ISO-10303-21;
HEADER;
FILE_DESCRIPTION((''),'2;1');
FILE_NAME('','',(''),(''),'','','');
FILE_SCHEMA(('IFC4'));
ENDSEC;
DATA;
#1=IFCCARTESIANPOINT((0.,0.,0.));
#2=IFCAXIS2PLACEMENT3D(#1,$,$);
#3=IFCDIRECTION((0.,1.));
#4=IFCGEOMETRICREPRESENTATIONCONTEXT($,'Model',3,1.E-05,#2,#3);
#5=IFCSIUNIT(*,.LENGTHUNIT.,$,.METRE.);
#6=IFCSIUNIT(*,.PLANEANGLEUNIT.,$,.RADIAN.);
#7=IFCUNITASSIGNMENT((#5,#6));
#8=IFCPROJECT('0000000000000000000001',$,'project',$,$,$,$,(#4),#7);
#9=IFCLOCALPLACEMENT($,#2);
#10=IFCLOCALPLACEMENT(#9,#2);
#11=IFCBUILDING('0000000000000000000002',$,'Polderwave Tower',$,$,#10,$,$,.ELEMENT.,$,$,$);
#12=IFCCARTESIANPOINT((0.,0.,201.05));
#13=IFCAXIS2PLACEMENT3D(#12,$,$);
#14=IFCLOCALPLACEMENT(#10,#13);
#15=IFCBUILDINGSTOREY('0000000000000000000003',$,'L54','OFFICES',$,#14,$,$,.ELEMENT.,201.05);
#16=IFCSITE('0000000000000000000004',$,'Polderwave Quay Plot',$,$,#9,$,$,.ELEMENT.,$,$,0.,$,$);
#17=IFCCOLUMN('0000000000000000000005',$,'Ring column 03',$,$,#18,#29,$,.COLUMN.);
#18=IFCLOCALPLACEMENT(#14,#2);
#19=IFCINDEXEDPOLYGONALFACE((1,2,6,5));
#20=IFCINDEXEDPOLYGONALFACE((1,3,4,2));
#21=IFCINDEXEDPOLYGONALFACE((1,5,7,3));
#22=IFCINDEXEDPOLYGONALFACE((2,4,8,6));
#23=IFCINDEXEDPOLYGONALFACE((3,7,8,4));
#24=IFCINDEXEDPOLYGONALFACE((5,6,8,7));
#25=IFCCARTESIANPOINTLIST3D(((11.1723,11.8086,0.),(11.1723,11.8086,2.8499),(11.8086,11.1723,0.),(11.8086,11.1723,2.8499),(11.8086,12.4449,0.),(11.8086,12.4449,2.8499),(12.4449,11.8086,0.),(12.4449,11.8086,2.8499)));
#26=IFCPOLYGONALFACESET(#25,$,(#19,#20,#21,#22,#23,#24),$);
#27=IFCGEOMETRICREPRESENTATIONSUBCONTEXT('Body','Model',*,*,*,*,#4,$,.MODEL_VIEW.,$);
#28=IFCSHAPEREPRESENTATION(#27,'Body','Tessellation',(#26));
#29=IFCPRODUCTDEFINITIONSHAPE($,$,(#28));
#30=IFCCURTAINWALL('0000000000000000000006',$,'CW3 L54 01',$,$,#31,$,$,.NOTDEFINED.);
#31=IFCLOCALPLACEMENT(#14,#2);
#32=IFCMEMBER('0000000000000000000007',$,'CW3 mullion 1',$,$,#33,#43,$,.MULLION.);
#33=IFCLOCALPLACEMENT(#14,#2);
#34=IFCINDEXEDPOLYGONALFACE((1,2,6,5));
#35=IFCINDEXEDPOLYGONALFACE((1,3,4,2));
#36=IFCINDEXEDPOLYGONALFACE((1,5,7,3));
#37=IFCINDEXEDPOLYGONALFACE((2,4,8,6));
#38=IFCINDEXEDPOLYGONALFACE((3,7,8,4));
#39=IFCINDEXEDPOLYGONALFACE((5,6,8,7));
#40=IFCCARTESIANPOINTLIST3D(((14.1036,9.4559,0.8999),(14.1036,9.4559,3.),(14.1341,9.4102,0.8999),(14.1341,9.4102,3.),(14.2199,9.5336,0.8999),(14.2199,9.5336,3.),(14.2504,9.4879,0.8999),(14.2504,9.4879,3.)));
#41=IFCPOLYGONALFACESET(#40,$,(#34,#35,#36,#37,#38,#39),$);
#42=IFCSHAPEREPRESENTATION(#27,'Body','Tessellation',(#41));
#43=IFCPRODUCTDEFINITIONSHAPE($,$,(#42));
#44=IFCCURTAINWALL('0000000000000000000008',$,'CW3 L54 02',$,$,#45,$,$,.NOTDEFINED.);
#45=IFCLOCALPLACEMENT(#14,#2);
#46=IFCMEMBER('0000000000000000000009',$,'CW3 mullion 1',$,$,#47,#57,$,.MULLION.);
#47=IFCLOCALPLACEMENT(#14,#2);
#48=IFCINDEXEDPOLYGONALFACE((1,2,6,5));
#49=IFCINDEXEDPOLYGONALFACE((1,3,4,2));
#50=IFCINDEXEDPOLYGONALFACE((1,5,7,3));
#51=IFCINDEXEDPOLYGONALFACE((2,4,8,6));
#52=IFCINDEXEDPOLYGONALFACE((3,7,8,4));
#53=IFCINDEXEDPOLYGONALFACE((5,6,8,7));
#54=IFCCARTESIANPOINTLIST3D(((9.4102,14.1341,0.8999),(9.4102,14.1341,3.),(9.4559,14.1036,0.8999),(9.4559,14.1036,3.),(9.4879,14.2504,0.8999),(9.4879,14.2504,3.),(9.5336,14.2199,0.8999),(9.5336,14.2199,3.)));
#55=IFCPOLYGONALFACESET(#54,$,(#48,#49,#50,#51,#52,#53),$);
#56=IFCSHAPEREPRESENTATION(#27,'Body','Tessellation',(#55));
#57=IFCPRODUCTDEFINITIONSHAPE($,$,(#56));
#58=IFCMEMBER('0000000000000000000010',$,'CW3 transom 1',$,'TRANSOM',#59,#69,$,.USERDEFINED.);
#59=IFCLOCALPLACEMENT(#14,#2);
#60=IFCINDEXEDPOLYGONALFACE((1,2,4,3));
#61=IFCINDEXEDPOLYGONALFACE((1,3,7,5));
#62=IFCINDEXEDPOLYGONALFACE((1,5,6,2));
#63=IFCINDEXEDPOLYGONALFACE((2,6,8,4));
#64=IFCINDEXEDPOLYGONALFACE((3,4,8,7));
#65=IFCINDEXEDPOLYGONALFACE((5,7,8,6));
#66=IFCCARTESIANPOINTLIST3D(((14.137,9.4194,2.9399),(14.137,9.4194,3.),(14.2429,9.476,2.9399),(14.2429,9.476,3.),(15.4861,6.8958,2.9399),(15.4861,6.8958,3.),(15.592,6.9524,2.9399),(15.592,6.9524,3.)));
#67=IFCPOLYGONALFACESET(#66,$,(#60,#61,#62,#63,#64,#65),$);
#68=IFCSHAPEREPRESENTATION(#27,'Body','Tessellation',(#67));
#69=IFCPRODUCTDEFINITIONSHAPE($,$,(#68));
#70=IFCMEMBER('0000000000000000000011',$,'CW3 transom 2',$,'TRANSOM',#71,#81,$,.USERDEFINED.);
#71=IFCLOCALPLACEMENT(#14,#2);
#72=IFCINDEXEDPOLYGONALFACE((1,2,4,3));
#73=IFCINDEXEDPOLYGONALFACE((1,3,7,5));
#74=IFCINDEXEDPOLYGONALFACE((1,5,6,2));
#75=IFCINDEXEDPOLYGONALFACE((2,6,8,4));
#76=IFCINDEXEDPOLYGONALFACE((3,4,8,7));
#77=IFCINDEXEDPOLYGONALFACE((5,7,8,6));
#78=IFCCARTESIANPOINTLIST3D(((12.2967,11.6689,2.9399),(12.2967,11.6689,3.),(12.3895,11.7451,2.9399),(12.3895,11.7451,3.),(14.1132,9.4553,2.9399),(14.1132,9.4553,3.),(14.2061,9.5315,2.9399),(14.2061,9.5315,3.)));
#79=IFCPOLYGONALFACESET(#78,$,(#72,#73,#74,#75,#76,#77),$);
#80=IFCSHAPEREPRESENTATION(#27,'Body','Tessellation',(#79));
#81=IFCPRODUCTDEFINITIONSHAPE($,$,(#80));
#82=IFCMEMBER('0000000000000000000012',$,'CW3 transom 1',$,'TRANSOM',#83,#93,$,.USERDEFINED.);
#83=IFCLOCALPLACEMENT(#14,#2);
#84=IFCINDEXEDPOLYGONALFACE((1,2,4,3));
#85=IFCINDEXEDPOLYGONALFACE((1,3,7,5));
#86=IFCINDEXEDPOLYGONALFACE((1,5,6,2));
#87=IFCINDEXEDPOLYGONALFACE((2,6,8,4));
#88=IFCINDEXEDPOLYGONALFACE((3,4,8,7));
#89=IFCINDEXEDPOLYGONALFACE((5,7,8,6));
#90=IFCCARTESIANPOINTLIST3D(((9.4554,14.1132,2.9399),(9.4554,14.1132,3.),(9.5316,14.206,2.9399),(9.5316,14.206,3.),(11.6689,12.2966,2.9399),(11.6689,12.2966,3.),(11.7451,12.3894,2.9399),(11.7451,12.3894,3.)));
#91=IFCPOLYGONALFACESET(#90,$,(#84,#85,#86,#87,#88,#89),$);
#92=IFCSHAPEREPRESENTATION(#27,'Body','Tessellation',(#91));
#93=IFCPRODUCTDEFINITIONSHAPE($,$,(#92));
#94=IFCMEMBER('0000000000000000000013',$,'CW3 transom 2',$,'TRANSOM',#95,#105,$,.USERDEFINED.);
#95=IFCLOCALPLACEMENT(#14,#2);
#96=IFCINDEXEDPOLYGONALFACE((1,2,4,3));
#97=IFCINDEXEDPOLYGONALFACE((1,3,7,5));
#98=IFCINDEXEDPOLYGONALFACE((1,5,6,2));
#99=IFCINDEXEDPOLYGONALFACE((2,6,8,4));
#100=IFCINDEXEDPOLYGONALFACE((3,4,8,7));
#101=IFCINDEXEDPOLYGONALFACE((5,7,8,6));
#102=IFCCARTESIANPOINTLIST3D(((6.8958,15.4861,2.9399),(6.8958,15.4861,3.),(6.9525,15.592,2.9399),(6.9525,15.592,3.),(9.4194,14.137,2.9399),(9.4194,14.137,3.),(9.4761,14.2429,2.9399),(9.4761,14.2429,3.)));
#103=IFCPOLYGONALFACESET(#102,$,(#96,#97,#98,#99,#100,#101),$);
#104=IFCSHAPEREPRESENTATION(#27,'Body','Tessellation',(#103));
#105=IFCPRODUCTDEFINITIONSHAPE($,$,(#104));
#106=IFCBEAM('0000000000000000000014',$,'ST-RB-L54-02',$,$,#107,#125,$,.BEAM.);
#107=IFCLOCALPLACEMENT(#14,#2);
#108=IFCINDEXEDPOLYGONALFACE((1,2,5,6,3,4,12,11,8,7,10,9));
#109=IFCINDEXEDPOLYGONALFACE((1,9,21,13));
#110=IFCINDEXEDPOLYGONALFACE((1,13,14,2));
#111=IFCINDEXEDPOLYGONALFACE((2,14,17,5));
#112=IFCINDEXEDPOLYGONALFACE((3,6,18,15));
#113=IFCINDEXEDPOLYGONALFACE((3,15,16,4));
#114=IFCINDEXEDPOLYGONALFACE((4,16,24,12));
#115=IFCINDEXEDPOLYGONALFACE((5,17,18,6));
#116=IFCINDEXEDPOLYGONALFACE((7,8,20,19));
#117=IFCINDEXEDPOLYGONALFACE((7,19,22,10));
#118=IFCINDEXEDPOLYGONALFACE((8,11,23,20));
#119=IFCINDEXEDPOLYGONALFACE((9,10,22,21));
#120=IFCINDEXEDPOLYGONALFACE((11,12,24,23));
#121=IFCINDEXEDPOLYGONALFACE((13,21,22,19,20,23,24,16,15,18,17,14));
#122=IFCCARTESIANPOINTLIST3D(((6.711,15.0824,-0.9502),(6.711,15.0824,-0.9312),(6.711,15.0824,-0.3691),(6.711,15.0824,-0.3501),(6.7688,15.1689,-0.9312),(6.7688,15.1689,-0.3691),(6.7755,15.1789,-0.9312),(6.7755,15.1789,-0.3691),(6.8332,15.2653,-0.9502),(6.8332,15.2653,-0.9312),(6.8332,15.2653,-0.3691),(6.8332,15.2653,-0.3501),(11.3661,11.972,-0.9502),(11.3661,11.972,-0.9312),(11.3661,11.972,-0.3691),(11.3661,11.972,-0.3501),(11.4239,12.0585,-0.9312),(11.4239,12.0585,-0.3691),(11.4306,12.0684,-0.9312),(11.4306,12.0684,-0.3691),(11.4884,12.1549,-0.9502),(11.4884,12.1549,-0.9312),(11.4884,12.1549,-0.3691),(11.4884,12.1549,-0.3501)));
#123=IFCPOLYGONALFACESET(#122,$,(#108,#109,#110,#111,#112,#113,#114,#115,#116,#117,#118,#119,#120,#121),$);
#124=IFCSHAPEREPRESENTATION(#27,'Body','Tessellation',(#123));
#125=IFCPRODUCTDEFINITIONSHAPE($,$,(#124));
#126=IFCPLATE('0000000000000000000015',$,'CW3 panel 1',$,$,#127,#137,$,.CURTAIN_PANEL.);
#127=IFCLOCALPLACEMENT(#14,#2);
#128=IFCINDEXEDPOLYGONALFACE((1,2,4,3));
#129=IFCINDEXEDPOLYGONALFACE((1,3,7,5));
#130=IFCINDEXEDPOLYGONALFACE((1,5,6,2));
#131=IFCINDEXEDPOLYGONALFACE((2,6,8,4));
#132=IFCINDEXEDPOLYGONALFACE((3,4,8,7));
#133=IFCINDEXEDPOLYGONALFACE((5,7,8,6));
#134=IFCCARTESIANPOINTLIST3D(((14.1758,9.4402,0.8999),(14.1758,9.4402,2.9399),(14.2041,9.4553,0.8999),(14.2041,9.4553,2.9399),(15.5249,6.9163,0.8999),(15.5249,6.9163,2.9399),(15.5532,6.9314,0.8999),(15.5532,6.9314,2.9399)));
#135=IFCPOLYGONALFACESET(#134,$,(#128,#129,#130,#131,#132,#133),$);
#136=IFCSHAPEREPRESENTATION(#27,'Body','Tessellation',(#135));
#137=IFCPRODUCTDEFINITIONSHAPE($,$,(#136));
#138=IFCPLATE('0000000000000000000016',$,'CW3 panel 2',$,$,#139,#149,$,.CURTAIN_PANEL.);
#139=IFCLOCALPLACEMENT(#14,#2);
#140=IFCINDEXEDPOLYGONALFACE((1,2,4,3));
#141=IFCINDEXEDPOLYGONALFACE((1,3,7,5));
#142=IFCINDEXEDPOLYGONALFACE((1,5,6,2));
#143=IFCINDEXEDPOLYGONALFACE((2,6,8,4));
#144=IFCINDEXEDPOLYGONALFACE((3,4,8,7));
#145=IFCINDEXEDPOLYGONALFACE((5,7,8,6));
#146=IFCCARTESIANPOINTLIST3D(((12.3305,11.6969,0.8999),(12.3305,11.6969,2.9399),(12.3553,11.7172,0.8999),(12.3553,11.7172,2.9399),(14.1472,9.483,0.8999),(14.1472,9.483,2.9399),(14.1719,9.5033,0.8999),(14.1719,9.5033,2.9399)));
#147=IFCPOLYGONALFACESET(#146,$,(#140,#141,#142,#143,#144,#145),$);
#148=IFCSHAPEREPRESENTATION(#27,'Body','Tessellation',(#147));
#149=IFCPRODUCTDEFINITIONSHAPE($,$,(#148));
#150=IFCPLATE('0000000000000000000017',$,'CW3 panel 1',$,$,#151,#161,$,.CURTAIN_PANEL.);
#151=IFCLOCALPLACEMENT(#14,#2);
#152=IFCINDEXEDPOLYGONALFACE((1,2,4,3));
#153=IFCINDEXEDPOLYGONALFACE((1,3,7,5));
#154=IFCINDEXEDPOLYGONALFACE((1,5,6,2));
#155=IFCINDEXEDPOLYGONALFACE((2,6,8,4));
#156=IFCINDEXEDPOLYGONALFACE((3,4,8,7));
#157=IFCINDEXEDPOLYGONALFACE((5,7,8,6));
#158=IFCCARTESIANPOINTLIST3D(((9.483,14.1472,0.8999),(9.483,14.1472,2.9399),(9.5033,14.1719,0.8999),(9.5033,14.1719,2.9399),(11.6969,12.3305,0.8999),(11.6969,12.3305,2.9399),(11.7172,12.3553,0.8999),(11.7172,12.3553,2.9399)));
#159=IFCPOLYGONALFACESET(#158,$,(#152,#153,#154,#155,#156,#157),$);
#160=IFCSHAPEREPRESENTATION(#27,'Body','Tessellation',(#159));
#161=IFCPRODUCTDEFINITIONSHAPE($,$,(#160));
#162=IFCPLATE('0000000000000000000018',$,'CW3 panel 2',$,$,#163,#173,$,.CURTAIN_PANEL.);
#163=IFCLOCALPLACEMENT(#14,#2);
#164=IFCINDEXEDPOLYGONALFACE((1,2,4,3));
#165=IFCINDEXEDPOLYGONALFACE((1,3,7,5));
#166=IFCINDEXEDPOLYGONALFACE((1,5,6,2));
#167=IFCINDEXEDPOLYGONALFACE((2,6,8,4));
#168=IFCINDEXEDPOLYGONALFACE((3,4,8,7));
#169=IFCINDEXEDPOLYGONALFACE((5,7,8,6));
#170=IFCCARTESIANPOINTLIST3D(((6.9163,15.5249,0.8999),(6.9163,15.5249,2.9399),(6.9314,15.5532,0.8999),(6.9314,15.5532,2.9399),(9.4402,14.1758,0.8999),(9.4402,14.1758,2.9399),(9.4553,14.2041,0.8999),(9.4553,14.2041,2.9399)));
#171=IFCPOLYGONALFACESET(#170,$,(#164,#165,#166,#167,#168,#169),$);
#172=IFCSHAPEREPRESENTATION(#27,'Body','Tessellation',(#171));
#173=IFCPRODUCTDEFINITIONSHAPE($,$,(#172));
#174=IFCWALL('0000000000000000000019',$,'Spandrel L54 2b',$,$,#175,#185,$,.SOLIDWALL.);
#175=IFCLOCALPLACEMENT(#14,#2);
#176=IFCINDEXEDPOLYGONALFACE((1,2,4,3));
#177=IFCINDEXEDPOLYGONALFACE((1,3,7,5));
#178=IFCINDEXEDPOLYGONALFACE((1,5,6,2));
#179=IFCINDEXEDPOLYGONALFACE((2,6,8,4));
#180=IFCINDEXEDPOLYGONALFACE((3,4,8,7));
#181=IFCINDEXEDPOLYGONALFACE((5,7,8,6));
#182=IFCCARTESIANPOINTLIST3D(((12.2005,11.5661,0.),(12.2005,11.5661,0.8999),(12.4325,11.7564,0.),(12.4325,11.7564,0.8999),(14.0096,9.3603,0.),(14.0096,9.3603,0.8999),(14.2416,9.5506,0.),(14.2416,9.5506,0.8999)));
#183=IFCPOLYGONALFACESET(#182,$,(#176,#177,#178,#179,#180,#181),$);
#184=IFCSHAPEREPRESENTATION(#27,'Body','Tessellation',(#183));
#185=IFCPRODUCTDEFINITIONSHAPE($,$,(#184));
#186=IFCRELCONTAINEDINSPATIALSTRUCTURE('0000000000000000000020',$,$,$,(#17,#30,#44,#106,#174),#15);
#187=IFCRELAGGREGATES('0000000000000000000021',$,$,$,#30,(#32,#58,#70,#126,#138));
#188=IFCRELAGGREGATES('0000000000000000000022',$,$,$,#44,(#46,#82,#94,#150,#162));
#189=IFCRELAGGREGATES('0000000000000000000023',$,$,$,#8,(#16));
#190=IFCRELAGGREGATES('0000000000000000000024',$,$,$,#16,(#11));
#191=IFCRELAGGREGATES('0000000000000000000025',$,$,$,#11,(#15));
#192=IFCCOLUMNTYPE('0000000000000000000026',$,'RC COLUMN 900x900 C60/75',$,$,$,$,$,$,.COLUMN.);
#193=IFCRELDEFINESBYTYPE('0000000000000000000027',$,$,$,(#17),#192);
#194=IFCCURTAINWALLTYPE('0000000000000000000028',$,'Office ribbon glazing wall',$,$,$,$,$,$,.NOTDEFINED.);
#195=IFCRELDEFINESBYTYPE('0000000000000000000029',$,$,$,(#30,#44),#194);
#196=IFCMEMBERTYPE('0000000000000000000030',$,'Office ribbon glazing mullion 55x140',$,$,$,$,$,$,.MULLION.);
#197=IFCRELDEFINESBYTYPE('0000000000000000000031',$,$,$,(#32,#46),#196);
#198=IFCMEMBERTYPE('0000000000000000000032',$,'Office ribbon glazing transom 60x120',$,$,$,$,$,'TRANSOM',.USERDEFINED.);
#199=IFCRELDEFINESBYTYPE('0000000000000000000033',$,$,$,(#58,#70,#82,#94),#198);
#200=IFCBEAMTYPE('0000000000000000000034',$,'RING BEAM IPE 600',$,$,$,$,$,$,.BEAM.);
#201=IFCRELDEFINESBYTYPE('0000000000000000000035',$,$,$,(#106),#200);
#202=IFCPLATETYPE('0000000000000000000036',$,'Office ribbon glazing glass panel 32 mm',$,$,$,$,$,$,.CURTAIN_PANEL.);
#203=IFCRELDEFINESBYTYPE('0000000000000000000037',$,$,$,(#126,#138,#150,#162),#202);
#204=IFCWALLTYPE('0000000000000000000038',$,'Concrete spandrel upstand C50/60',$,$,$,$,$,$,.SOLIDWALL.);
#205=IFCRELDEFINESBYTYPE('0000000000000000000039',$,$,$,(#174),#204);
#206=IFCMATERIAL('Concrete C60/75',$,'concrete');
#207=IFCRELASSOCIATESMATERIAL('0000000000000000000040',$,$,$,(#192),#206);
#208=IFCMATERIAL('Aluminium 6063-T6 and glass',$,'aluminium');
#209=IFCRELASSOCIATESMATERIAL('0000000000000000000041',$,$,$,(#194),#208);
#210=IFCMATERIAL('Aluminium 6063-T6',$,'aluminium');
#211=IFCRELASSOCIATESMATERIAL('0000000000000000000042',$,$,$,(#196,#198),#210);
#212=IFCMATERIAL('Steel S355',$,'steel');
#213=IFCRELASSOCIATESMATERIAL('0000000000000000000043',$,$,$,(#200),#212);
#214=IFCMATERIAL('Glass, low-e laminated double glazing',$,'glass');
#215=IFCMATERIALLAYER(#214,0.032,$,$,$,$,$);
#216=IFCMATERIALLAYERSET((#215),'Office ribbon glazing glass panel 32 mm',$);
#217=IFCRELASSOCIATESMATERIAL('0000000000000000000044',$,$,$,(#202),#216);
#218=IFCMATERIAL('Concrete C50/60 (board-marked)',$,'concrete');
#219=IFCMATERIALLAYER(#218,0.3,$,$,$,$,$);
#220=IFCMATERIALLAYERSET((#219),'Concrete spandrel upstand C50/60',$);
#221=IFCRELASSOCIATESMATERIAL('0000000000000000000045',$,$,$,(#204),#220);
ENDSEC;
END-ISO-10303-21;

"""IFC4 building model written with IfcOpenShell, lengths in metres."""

from ifc_helpers import new_model, si_unit, direction, frame, frame_2d, origin, origin_2d, place, context, subcontext, project, spatial, rectangle, i_section, extrude, material, layer, layer_set, material_profile, profile_set, type_object, element, aggregate, save


model = new_model("IFC4")

# Units and contexts
model_context = context("Model", 3, precision=1e-05, world=origin(), true_north=direction((0.0, 1.0)))
body_context = subcontext(model_context, "Body", "Model", "MODEL_VIEW")
ifc_project = project(units=[si_unit("LENGTHUNIT", "METRE"), si_unit("PLANEANGLEUNIT", "RADIAN")], contexts=[model_context])

# Site, building, storey
site_placement = place(None, origin())
site = spatial("IfcSite", under=ifc_project, at=site_placement, Name="Polderwave Quay Plot", CompositionType="ELEMENT", RefElevation=0.0)
building_placement = place(site_placement, origin())
building = spatial("IfcBuilding", under=site, at=building_placement, Name="Polderwave Tower", CompositionType="ELEMENT")
storey_placement = place(building_placement, frame((0.0, 0.0, 201.05)))
storey = spatial("IfcBuildingStorey", under=building, at=storey_placement, Name="L54", Description="OFFICES", CompositionType="ELEMENT", Elevation=201.05)

# Column
ifc_material_1 = material(Name="Concrete C60/75", Category="concrete")
ifc_material_profile_1 = material_profile(ifc_material_1, rectangle(XDim=0.8999, YDim=0.8999, at=origin_2d()), Name="RC 900x900")
ifc_profile_set_1 = profile_set([ifc_material_profile_1], Name="Concrete C60/75")
column_type = type_object("IfcColumnType", Name="RC COLUMN 900x900 C60/75", PredefinedType="COLUMN", material=ifc_profile_set_1)
column_placement = place(storey_placement, frame((11.8086, 11.8086, 0.0), z_axis=(0.0, 0.0, 1.0), x_axis=(0.707107, 0.707107, 0.0)))
element("IfcColumn", 1, at=column_placement, inside=storey, type_object=column_type, Name="Ring column 03", PredefinedType="COLUMN", context=body_context, shape_type="SweptSolid", body=[
    extrude(rectangle(XDim=0.8999, YDim=0.8999, at=origin_2d()), origin(), (0.0, 0.0, 1.0), 2.8499),
])

# Curtain walls, members
ifc_material_2 = material(Name="Aluminium 6063-T6 and glass", Category="aluminium")
curtain_wall_type = type_object("IfcCurtainWallType", Name="Office ribbon glazing wall", PredefinedType="NOTDEFINED", material=ifc_material_2)
curtain_wall_1_placement = place(storey_placement, origin())
curtain_wall_1 = element("IfcCurtainWall", 2, at=curtain_wall_1_placement, inside=storey, type_object=curtain_wall_type, Name="CW3 L54 01", PredefinedType="NOTDEFINED")
ifc_material_3 = material(Name="Aluminium 6063-T6", Category="aluminium")
ifc_material_profile_2 = material_profile(ifc_material_3, rectangle(XDim=0.1399, YDim=0.0549, at=origin_2d()), Name="AL 55x140")
ifc_profile_set_2 = profile_set([ifc_material_profile_2], Name="Aluminium 6063-T6")
member_type_1 = type_object("IfcMemberType", Name="Office ribbon glazing mullion 55x140", PredefinedType="MULLION", material=ifc_profile_set_2)
member_1_placement = place(storey_placement, frame((14.177, 9.4719, 0.8999), z_axis=(0.0, 0.0, 1.0), x_axis=(-0.83148, -0.555554, 0.0)))
member_1 = element("IfcMember", 3, at=member_1_placement, type_object=member_type_1, Name="CW3 mullion 1", PredefinedType="MULLION", context=body_context, shape_type="SweptSolid", body=[
    extrude(rectangle(XDim=0.1399, YDim=0.0549, at=origin_2d()), origin(), (0.0, 0.0, 1.0), 2.1001),
])
curtain_wall_2_placement = place(storey_placement, origin())
curtain_wall_2 = element("IfcCurtainWall", 4, at=curtain_wall_2_placement, inside=storey, type_object=curtain_wall_type, Name="CW3 L54 02", PredefinedType="NOTDEFINED")
member_2_placement = place(storey_placement, frame((9.4719, 14.177, 0.8999), z_axis=(0.0, 0.0, 1.0), x_axis=(-0.555554, -0.83148, 0.0)))
member_2 = element("IfcMember", 5, at=member_2_placement, type_object=member_type_1, Name="CW3 mullion 1", PredefinedType="MULLION", context=body_context, shape_type="SweptSolid", body=[
    extrude(rectangle(XDim=0.1399, YDim=0.0549, at=origin_2d()), origin(), (0.0, 0.0, 1.0), 2.1001),
])

# Members
ifc_material_profile_3 = material_profile(ifc_material_3, rectangle(XDim=0.1201, YDim=0.0601, at=origin_2d()), Name="AL 60x120")
ifc_profile_set_3 = profile_set([ifc_material_profile_3], Name="Aluminium 6063-T6")
member_type_2 = type_object("IfcMemberType", Name="Office ribbon glazing transom 60x120", ElementType="TRANSOM", PredefinedType="USERDEFINED", material=ifc_profile_set_3)
member_3_placement = place(storey_placement, frame((15.5391, 6.9241, 2.97), z_axis=(-0.471447, 0.881894, 0.0), x_axis=(-0.881894, -0.471447, 0.0)))
member_3 = element("IfcMember", 6, at=member_3_placement, type_object=member_type_2, Name="CW3 transom 1", ObjectType="TRANSOM", PredefinedType="USERDEFINED", context=body_context, shape_type="SweptSolid", body=[
    extrude(rectangle(XDim=0.1201, YDim=0.0601, at=origin_2d()), origin(), (0.0, 0.0, 1.0), 2.8616),
])
member_4_placement = place(storey_placement, frame((14.1597, 9.4934, 2.97), z_axis=(-0.634388, 0.773014, 0.0), x_axis=(-0.773014, -0.634388, 0.0)))
member_4 = element("IfcMember", 7, at=member_4_placement, type_object=member_type_2, Name="CW3 transom 2", ObjectType="TRANSOM", PredefinedType="USERDEFINED", context=body_context, shape_type="SweptSolid", body=[
    extrude(rectangle(XDim=0.1201, YDim=0.0601, at=origin_2d()), origin(), (0.0, 0.0, 1.0), 2.8635),
])
member_5_placement = place(storey_placement, frame((11.707, 12.343, 2.97), z_axis=(-0.773014, 0.634388, 0.0), x_axis=(-0.634388, -0.773014, 0.0)))
member_5 = element("IfcMember", 8, at=member_5_placement, type_object=member_type_2, Name="CW3 transom 1", ObjectType="TRANSOM", PredefinedType="USERDEFINED", context=body_context, shape_type="SweptSolid", body=[
    extrude(rectangle(XDim=0.1201, YDim=0.0601, at=origin_2d()), origin(), (0.0, 0.0, 1.0), 2.8635),
])
member_6_placement = place(storey_placement, frame((9.4478, 14.1899, 2.97), z_axis=(-0.881894, 0.471447, 0.0), x_axis=(-0.471447, -0.881894, 0.0)))
member_6 = element("IfcMember", 9, at=member_6_placement, type_object=member_type_2, Name="CW3 transom 2", ObjectType="TRANSOM", PredefinedType="USERDEFINED", context=body_context, shape_type="SweptSolid", body=[
    extrude(rectangle(XDim=0.1201, YDim=0.0601, at=origin_2d()), origin(), (0.0, 0.0, 1.0), 2.8616),
])

# Beam
ifc_material_4 = material(Name="Steel S355", Category="steel")
ifc_material_profile_4 = material_profile(ifc_material_4, i_section(OverallWidth=0.22, OverallDepth=0.6001, WebThickness=0.012, FlangeThickness=0.019, at=origin_2d()), Name="IPE 600")
ifc_profile_set_4 = profile_set([ifc_material_profile_4], Name="Steel S355")
beam_type = type_object("IfcBeamType", Name="RING BEAM IPE 600", PredefinedType="BEAM", material=ifc_profile_set_4)
beam_placement = place(storey_placement, frame((11.4272, 12.0635, -0.6501), z_axis=(-0.831473, 0.555565, 0.0), x_axis=(-0.555565, -0.831473, 0.0)))
element("IfcBeam", 10, at=beam_placement, inside=storey, type_object=beam_type, Name="ST-RB-L54-02", PredefinedType="BEAM", context=body_context, shape_type="SweptSolid", body=[
    extrude(i_section(OverallWidth=0.22, OverallDepth=0.6001, WebThickness=0.012, FlangeThickness=0.019, at=origin_2d()), origin(), (0.0, 0.0, 1.0), 5.5986),
])

# Plates
ifc_material_5 = material(Name="Glass, low-e laminated double glazing", Category="glass")
ifc_layer_1 = layer(ifc_material_5, 0.032)
ifc_layer_set_1 = layer_set([ifc_layer_1], Name="Office ribbon glazing glass panel 32 mm")
plate_type = type_object("IfcPlateType", Name="Office ribbon glazing glass panel 32 mm", PredefinedType="CURTAIN_PANEL", material=ifc_layer_set_1)
plate_1_placement = place(storey_placement, frame((14.8645, 8.1858, 0.8999), z_axis=(0.0, 0.0, 1.0), x_axis=(-0.471414, 0.881912, 0.0)))
plate_1 = element("IfcPlate", 11, at=plate_1_placement, type_object=plate_type, Name="CW3 panel 1", PredefinedType="CURTAIN_PANEL", context=body_context, shape_type="SweptSolid", body=[
    extrude(rectangle(XDim=2.8618, YDim=0.032, at=origin_2d()), origin(), (0.0, 0.0, 1.0), 2.04),
])
plate_2_placement = place(storey_placement, frame((13.2512, 10.6001, 0.8999), z_axis=(0.0, 0.0, 1.0), x_axis=(-0.634349, 0.773047, 0.0)))
plate_2 = element("IfcPlate", 12, at=plate_2_placement, type_object=plate_type, Name="CW3 panel 2", PredefinedType="CURTAIN_PANEL", context=body_context, shape_type="SweptSolid", body=[
    extrude(rectangle(XDim=2.8638, YDim=0.032, at=origin_2d()), origin(), (0.0, 0.0, 1.0), 2.04),
])
aggregate(curtain_wall_1, [member_1, member_3, member_4, plate_1, plate_2])
plate_3_placement = place(storey_placement, frame((10.6001, 13.2512, 0.8999), z_axis=(0.0, 0.0, 1.0), x_axis=(-0.773047, 0.634349, 0.0)))
plate_3 = element("IfcPlate", 13, at=plate_3_placement, type_object=plate_type, Name="CW3 panel 1", PredefinedType="CURTAIN_PANEL", context=body_context, shape_type="SweptSolid", body=[
    extrude(rectangle(XDim=2.8638, YDim=0.032, at=origin_2d()), origin(), (0.0, 0.0, 1.0), 2.04),
])
plate_4_placement = place(storey_placement, frame((8.1858, 14.8645, 0.8999), z_axis=(0.0, 0.0, 1.0), x_axis=(-0.881912, 0.471414, 0.0)))
plate_4 = element("IfcPlate", 14, at=plate_4_placement, type_object=plate_type, Name="CW3 panel 2", PredefinedType="CURTAIN_PANEL", context=body_context, shape_type="SweptSolid", body=[
    extrude(rectangle(XDim=2.8618, YDim=0.032, at=origin_2d()), origin(), (0.0, 0.0, 1.0), 2.04),
])
aggregate(curtain_wall_2, [member_2, member_5, member_6, plate_3, plate_4])

# Wall
ifc_material_6 = material(Name="Concrete C50/60 (board-marked)", Category="concrete")
ifc_layer_2 = layer(ifc_material_6, 0.3)
ifc_layer_set_2 = layer_set([ifc_layer_2], Name="Concrete spandrel upstand C50/60")
wall_type_1 = type_object("IfcWallType", Name="Concrete spandrel upstand C50/60", PredefinedType="SOLIDWALL", material=ifc_layer_set_2)
for number, where, z_axis, x_axis, name in (
    (15, (14.1255, 9.4556, 0.0), (0.0, 0.0, 1.0), (-0.634146, 0.773213, 0.0), "Spandrel L54 2b"),
):
    element("IfcWall", number, at=place(storey_placement, frame(where, z_axis=z_axis, x_axis=x_axis)), inside=storey, type_object=wall_type_1, Name=name, PredefinedType="SOLIDWALL", context=body_context, shape_type="SweptSolid", body=[
        extrude(rectangle(XDim=2.8528, YDim=0.3, at=frame_2d((1.4263, 0.0))), origin(), (0.0, 0.0, 1.0), 0.8999),
    ])

save(model, "model.ifc")
